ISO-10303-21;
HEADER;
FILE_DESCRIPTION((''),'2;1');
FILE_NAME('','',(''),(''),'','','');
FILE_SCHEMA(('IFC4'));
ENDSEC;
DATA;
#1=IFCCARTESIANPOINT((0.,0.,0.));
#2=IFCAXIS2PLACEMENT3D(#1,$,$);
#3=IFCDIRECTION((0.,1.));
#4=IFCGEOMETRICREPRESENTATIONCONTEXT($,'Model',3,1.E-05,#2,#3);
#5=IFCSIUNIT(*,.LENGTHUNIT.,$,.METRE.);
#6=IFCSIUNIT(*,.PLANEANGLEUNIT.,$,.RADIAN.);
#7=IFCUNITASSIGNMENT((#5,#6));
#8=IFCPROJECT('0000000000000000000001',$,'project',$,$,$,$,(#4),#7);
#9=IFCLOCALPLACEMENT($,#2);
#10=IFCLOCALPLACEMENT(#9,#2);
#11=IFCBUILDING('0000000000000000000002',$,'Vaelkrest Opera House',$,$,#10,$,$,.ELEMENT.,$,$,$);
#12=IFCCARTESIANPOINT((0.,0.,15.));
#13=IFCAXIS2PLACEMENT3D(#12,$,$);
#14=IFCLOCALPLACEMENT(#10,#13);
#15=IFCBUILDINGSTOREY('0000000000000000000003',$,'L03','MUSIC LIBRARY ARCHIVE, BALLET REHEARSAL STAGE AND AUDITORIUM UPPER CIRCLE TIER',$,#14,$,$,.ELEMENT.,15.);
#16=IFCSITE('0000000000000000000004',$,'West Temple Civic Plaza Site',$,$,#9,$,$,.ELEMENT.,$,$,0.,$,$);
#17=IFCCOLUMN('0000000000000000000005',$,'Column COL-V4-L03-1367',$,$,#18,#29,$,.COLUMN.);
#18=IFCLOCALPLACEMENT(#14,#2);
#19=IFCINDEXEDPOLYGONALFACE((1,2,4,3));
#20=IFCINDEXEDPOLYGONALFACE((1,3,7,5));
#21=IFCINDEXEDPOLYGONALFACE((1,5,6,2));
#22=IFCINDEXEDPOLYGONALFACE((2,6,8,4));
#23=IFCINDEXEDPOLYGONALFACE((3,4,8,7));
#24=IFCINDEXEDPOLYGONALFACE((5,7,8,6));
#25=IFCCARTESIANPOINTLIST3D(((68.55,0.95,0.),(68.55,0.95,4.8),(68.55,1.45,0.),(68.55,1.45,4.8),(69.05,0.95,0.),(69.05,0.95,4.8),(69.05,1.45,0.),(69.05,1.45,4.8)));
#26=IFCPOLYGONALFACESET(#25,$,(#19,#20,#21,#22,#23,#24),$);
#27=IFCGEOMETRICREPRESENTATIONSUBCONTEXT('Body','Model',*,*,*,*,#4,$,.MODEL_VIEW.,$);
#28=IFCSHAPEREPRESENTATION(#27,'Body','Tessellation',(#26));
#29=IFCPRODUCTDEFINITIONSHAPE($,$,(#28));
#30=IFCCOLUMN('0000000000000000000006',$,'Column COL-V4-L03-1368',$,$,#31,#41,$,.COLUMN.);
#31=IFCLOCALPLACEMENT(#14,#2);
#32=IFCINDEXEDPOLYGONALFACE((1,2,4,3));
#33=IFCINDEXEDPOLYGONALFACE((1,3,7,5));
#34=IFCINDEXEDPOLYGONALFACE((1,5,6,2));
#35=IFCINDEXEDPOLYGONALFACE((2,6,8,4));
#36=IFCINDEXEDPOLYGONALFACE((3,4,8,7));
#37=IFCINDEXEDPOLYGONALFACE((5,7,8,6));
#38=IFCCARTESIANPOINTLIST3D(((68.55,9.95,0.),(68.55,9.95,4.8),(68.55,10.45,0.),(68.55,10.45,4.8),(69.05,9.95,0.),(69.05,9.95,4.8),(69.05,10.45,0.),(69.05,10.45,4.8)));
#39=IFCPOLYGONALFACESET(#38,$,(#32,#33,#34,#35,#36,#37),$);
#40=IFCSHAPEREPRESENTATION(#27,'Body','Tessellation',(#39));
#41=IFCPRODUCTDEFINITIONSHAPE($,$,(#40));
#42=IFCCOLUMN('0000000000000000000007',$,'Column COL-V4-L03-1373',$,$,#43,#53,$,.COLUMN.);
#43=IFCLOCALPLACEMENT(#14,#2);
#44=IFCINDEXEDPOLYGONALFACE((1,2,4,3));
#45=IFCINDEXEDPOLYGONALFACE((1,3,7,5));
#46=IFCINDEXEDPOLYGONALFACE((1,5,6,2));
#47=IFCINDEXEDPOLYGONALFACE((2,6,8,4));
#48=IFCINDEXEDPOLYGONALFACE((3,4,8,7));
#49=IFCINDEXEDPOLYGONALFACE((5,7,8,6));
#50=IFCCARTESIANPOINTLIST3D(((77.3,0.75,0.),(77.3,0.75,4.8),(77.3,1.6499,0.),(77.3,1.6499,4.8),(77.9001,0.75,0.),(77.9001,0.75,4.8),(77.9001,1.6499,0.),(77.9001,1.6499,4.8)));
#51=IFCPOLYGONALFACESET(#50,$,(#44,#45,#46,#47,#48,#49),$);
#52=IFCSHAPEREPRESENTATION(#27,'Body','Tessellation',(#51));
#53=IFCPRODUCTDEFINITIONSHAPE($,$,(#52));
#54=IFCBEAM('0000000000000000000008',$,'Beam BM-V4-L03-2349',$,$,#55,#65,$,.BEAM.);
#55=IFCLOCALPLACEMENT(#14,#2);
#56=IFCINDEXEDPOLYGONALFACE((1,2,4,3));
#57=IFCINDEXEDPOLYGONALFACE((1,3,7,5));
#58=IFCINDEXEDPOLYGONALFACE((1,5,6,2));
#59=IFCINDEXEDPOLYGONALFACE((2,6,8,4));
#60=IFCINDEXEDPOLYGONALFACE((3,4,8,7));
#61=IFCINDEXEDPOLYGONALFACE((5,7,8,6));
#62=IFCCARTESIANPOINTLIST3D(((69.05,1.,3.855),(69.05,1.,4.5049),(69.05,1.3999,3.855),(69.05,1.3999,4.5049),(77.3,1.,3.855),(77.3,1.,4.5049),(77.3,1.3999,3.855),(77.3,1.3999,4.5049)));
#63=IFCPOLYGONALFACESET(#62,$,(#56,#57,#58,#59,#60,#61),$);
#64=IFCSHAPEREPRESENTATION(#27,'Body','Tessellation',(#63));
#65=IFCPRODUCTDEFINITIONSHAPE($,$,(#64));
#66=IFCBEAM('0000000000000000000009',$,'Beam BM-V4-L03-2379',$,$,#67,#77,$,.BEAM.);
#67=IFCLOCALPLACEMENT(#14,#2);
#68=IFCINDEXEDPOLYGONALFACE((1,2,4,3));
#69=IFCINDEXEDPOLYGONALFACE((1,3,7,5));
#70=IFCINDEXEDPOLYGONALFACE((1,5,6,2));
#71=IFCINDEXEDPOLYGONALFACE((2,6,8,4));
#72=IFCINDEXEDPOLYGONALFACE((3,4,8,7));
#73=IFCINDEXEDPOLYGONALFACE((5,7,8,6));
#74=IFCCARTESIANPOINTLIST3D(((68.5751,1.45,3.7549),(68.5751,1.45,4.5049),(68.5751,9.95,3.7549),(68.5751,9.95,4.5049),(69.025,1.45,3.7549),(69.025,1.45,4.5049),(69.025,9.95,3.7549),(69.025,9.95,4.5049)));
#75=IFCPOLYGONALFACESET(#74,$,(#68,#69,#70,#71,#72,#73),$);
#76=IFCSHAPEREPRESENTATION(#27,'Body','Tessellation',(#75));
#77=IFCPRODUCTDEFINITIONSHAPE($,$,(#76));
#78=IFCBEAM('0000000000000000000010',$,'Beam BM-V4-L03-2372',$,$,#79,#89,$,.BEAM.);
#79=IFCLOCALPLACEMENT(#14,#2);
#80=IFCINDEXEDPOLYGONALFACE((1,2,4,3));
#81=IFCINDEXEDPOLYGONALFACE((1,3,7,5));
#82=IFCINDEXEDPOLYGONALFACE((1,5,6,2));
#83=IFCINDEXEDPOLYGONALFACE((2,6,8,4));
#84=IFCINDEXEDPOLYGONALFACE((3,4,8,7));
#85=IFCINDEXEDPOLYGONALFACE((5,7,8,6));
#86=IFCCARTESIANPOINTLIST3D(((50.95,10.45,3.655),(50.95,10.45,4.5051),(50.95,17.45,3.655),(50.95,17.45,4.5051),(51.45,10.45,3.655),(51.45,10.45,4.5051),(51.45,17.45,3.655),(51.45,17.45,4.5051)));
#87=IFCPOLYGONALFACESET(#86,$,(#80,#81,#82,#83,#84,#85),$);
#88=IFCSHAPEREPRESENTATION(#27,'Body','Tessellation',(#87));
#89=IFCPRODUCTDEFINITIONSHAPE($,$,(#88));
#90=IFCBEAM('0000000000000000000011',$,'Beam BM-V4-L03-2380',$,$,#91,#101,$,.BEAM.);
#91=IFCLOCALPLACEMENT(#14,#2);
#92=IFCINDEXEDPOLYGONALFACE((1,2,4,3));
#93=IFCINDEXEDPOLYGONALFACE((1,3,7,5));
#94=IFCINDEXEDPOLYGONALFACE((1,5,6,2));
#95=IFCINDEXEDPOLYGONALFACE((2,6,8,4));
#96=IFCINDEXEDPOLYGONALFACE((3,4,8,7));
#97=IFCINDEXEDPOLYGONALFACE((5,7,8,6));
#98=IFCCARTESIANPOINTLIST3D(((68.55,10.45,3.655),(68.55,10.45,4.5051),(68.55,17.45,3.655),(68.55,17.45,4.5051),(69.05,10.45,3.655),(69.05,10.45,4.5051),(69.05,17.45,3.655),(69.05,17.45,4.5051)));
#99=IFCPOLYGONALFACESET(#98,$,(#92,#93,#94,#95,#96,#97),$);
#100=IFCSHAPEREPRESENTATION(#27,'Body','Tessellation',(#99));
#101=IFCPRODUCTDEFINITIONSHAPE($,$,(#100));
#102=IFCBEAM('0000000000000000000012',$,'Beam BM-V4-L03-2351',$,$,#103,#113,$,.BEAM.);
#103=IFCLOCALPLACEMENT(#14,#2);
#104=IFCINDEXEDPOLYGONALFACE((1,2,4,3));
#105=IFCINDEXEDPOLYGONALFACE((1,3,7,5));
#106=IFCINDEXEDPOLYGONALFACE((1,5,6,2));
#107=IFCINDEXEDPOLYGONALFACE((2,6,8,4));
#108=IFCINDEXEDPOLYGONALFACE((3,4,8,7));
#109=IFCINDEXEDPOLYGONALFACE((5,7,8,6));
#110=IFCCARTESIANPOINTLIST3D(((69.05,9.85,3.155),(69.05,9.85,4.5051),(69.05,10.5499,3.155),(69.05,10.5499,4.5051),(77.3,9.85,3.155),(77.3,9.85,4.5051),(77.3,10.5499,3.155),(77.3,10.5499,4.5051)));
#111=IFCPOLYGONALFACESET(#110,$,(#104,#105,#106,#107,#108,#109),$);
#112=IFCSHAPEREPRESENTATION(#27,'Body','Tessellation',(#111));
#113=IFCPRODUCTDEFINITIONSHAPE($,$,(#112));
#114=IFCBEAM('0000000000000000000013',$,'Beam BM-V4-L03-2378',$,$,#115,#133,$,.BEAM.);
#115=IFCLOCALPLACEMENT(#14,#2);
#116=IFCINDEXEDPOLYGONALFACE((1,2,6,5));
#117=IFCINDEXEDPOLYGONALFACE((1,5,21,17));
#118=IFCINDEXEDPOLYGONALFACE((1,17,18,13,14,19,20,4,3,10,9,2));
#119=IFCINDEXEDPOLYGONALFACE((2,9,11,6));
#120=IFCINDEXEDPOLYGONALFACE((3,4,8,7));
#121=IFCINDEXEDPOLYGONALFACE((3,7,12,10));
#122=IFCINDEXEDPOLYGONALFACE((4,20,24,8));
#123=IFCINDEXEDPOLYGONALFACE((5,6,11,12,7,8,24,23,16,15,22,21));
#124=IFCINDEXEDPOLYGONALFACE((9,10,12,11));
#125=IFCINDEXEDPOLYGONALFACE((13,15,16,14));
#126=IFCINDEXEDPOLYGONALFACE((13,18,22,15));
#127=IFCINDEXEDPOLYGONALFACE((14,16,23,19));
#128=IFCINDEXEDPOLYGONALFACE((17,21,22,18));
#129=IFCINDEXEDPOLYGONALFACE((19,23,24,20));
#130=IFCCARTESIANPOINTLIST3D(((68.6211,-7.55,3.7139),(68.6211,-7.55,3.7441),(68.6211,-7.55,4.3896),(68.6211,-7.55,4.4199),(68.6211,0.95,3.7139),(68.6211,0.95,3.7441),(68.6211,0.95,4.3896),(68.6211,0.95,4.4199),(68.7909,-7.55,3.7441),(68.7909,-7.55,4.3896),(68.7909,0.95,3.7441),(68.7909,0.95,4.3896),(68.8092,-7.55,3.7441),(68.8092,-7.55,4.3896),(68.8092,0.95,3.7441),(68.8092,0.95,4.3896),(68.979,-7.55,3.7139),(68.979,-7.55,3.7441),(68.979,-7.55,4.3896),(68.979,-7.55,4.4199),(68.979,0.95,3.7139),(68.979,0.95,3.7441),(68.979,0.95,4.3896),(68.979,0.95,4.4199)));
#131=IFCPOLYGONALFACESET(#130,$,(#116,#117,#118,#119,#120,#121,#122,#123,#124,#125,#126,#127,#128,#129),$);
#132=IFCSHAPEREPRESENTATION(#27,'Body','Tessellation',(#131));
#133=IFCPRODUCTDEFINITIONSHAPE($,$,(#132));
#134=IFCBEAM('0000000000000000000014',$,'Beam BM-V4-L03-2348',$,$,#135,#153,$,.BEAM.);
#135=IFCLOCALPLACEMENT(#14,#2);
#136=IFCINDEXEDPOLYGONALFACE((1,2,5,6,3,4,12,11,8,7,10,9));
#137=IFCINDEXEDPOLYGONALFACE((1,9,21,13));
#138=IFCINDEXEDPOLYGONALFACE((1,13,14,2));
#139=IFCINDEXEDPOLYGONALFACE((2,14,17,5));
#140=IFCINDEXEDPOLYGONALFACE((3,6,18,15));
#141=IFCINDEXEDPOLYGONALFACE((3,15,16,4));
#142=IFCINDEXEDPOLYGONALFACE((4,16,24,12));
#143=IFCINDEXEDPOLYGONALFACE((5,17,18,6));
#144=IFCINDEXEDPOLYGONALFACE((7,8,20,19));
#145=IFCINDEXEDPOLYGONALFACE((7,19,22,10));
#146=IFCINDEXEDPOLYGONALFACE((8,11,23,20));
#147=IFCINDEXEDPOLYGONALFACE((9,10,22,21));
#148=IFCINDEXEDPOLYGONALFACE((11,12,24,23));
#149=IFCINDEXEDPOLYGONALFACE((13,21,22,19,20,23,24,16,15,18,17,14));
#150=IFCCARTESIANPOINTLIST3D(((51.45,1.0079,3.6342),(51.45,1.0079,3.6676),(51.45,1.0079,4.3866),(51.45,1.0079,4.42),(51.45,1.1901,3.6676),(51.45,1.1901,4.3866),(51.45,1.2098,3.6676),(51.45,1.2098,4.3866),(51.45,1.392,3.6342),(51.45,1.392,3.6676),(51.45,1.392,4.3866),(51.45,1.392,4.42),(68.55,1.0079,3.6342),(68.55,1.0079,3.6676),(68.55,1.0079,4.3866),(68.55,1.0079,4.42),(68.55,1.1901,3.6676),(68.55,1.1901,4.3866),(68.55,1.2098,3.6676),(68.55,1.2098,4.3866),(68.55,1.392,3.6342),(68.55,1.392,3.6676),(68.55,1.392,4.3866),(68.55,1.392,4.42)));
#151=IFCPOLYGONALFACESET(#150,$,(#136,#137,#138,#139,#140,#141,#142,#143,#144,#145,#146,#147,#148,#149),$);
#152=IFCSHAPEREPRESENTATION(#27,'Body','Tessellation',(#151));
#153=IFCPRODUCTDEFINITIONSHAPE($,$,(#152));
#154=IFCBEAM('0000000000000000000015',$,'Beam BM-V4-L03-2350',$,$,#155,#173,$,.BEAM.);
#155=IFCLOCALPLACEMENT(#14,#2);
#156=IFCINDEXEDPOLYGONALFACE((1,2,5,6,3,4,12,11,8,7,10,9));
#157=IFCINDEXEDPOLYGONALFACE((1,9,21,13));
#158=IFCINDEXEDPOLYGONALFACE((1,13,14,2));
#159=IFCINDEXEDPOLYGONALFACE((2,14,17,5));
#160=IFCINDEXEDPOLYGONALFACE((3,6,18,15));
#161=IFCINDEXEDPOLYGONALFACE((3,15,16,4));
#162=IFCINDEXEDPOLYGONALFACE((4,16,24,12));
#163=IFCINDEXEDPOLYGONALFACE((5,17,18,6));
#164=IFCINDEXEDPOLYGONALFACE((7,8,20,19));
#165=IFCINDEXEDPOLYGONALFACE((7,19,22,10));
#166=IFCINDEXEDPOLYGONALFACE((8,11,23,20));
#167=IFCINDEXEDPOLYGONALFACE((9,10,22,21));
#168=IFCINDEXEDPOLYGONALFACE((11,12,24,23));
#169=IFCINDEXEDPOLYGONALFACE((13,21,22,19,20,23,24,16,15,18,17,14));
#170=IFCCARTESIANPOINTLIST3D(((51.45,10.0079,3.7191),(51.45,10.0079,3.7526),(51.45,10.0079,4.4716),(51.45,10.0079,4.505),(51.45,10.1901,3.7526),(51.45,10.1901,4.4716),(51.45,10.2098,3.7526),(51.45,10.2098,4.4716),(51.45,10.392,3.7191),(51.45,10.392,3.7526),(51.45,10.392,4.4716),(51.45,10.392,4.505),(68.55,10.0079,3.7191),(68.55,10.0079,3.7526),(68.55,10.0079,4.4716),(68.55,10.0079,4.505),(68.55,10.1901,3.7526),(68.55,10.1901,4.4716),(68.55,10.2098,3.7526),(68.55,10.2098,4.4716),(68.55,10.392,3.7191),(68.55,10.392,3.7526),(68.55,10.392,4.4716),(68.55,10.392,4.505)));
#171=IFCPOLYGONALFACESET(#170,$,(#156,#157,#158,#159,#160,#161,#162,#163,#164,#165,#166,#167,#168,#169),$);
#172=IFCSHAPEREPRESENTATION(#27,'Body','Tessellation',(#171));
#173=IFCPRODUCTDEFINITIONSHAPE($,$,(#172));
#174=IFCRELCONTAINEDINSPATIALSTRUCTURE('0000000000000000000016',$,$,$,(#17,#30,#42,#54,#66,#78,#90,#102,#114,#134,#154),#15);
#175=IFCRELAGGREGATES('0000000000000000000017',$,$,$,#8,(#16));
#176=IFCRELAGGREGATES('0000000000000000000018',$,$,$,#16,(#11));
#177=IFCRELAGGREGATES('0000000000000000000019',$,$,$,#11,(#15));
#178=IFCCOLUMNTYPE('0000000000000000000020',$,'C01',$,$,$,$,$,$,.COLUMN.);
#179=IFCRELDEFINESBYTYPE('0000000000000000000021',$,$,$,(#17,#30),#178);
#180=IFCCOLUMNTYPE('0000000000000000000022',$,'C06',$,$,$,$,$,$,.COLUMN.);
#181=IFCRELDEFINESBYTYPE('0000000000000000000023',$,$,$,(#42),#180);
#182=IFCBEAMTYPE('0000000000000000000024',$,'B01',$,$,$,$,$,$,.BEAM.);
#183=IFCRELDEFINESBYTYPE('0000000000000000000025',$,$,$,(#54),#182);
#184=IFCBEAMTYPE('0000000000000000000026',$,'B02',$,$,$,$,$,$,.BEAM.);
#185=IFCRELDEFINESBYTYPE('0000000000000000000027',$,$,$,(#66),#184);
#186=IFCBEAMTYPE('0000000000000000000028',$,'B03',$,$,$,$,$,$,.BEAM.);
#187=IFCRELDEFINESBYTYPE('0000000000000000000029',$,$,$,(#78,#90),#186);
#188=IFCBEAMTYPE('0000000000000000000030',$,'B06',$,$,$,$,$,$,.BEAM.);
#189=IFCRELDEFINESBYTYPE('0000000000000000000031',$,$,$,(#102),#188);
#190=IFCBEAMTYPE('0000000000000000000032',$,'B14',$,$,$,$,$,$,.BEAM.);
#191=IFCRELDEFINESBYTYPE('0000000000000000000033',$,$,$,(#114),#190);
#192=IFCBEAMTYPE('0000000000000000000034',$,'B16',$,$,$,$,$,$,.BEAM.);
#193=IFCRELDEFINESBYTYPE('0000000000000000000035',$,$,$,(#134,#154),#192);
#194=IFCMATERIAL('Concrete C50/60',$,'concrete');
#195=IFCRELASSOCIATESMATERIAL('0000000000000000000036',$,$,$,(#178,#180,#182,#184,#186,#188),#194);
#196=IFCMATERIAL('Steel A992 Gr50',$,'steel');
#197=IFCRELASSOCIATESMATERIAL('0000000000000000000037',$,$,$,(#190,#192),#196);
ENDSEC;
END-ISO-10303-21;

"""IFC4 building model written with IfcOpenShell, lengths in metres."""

from ifc_helpers import new_model, si_unit, direction, frame, origin, origin_2d, place, context, subcontext, project, spatial, rectangle, i_section, extrude, material, material_profile, profile_set, type_object, element, save


model = new_model("IFC4")

# Units and contexts
model_context = context("Model", 3, precision=1e-05, world=origin(), true_north=direction((0.0, 1.0)))
body_context = subcontext(model_context, "Body", "Model", "MODEL_VIEW")
ifc_project = project(units=[si_unit("LENGTHUNIT", "METRE"), si_unit("PLANEANGLEUNIT", "RADIAN")], contexts=[model_context])

# Site, building, storey
site_placement = place(None, origin())
site = spatial("IfcSite", under=ifc_project, at=site_placement, Name="West Temple Civic Plaza Site", CompositionType="ELEMENT", RefElevation=0.0)
building_placement = place(site_placement, origin())
building = spatial("IfcBuilding", under=site, at=building_placement, Name="Vaelkrest Opera House", CompositionType="ELEMENT")
storey_placement = place(building_placement, frame((0.0, 0.0, 15.0)))
storey = spatial("IfcBuildingStorey", under=building, at=storey_placement, Name="L03", Description="MUSIC LIBRARY ARCHIVE, BALLET REHEARSAL STAGE AND AUDITORIUM UPPER CIRCLE TIER", CompositionType="ELEMENT", Elevation=15.0)

# Columns
ifc_material_1 = material(Name="Concrete C50/60", Category="concrete")
ifc_material_profile_1 = material_profile(ifc_material_1, rectangle(XDim=0.5, YDim=0.5, at=origin_2d()), Name="RC500X500")
ifc_profile_set_1 = profile_set([ifc_material_profile_1], Name="Concrete C50/60")
column_type_1 = type_object("IfcColumnType", Name="C01", PredefinedType="COLUMN", material=ifc_profile_set_1)
for number, where, z_axis, x_axis, name in (
    (1, (68.8, 1.2, 0.0), (0.0, 0.0, 1.0), (1.0, 0.0, 0.0), "Column COL-V4-L03-1367"),
    (2, (68.8, 10.2, 0.0), (0.0, 0.0, 1.0), (1.0, 0.0, 0.0), "Column COL-V4-L03-1368"),
):
    element("IfcColumn", number, at=place(storey_placement, frame(where, z_axis=z_axis, x_axis=x_axis)), inside=storey, type_object=column_type_1, Name=name, PredefinedType="COLUMN", context=body_context, shape_type="SweptSolid", body=[
        extrude(rectangle(XDim=0.5, YDim=0.5, at=origin_2d()), origin(), (0.0, 0.0, 1.0), 4.8),
    ])
ifc_material_profile_2 = material_profile(ifc_material_1, rectangle(XDim=0.6001, YDim=0.8999, at=origin_2d()), Name="RC600X900")
ifc_profile_set_2 = profile_set([ifc_material_profile_2], Name="Concrete C50/60")
column_type_2 = type_object("IfcColumnType", Name="C06", PredefinedType="COLUMN", material=ifc_profile_set_2)
column_placement = place(storey_placement, frame((77.6001, 1.2, 0.0), z_axis=(0.0, 0.0, 1.0), x_axis=(1.0, 0.0, 0.0)))
element("IfcColumn", 3, at=column_placement, inside=storey, type_object=column_type_2, Name="Column COL-V4-L03-1373", PredefinedType="COLUMN", context=body_context, shape_type="SweptSolid", body=[
    extrude(rectangle(XDim=0.6001, YDim=0.8999, at=origin_2d()), origin(), (0.0, 0.0, 1.0), 4.8),
])

# Beams
ifc_material_profile_3 = material_profile(ifc_material_1, rectangle(XDim=0.3999, YDim=0.6499, at=origin_2d()), Name="RCB400X650")
ifc_profile_set_3 = profile_set([ifc_material_profile_3], Name="Concrete C50/60")
beam_type_1 = type_object("IfcBeamType", Name="B01", PredefinedType="BEAM", material=ifc_profile_set_3)
beam_1_placement = place(storey_placement, frame((69.05, 1.2, 4.1799), z_axis=(1.0, 0.0, 0.0), x_axis=(0.0, 1.0, 0.0)))
element("IfcBeam", 4, at=beam_1_placement, inside=storey, type_object=beam_type_1, Name="Beam BM-V4-L03-2349", PredefinedType="BEAM", context=body_context, shape_type="SweptSolid", body=[
    extrude(rectangle(XDim=0.3999, YDim=0.6499, at=origin_2d()), origin(), (0.0, 0.0, 1.0), 8.25),
])
ifc_material_profile_4 = material_profile(ifc_material_1, rectangle(XDim=0.45, YDim=0.75, at=origin_2d()), Name="RCB450X750")
ifc_profile_set_4 = profile_set([ifc_material_profile_4], Name="Concrete C50/60")
beam_type_2 = type_object("IfcBeamType", Name="B02", PredefinedType="BEAM", material=ifc_profile_set_4)
beam_2_placement = place(storey_placement, frame((68.8, 1.45, 4.1299), z_axis=(0.0, 1.0, 0.0), x_axis=(-1.0, 0.0, 0.0)))
element("IfcBeam", 5, at=beam_2_placement, inside=storey, type_object=beam_type_2, Name="Beam BM-V4-L03-2379", PredefinedType="BEAM", context=body_context, shape_type="SweptSolid", body=[
    extrude(rectangle(XDim=0.45, YDim=0.75, at=origin_2d()), origin(), (0.0, 0.0, 1.0), 8.5),
])
ifc_material_profile_5 = material_profile(ifc_material_1, rectangle(XDim=0.5, YDim=0.8501, at=origin_2d()), Name="RCB500X850")
ifc_profile_set_5 = profile_set([ifc_material_profile_5], Name="Concrete C50/60")
beam_type_3 = type_object("IfcBeamType", Name="B03", PredefinedType="BEAM", material=ifc_profile_set_5)
for number, where, z_axis, x_axis, name in (
    (6, (51.2, 10.45, 4.0801), (0.0, 1.0, 0.0), (-1.0, 0.0, 0.0), "Beam BM-V4-L03-2372"),
    (7, (68.8, 10.45, 4.0801), (0.0, 1.0, 0.0), (-1.0, 0.0, 0.0), "Beam BM-V4-L03-2380"),
):
    element("IfcBeam", number, at=place(storey_placement, frame(where, z_axis=z_axis, x_axis=x_axis)), inside=storey, type_object=beam_type_3, Name=name, PredefinedType="BEAM", context=body_context, shape_type="SweptSolid", body=[
        extrude(rectangle(XDim=0.5, YDim=0.8501, at=origin_2d()), origin(), (0.0, 0.0, 1.0), 7.0),
    ])
ifc_material_profile_6 = material_profile(ifc_material_1, rectangle(XDim=0.7, YDim=1.3501, at=origin_2d()), Name="RCB700X1350")
ifc_profile_set_6 = profile_set([ifc_material_profile_6], Name="Concrete C50/60")
beam_type_4 = type_object("IfcBeamType", Name="B06", PredefinedType="BEAM", material=ifc_profile_set_6)
beam_3_placement = place(storey_placement, frame((69.05, 10.2, 3.8301), z_axis=(1.0, 0.0, 0.0), x_axis=(0.0, 1.0, 0.0)))
element("IfcBeam", 8, at=beam_3_placement, inside=storey, type_object=beam_type_4, Name="Beam BM-V4-L03-2351", PredefinedType="BEAM", context=body_context, shape_type="SweptSolid", body=[
    extrude(rectangle(XDim=0.7, YDim=1.3501, at=origin_2d()), origin(), (0.0, 0.0, 1.0), 8.25),
])
ifc_material_2 = material(Name="Steel A992 Gr50", Category="steel")
ifc_material_profile_7 = material_profile(ifc_material_2, i_section(OverallWidth=0.3579, OverallDepth=0.7061, WebThickness=0.0183, FlangeThickness=0.0303, at=origin_2d()), Name="W27X178")
ifc_profile_set_7 = profile_set([ifc_material_profile_7], Name="Steel A992 Gr50")
beam_type_5 = type_object("IfcBeamType", Name="B14", PredefinedType="BEAM", material=ifc_profile_set_7)
beam_4_placement = place(storey_placement, frame((68.8, -7.55, 4.0669), z_axis=(0.0, 1.0, 0.0), x_axis=(-1.0, 0.0, 0.0)))
element("IfcBeam", 9, at=beam_4_placement, inside=storey, type_object=beam_type_5, Name="Beam BM-V4-L03-2378", PredefinedType="BEAM", context=body_context, shape_type="SweptSolid", body=[
    extrude(i_section(OverallWidth=0.3579, OverallDepth=0.7061, WebThickness=0.0183, FlangeThickness=0.0303, at=origin_2d()), origin(), (0.0, 0.0, 1.0), 8.5),
])
ifc_material_profile_8 = material_profile(ifc_material_2, i_section(OverallWidth=0.384, OverallDepth=0.7859, WebThickness=0.0198, FlangeThickness=0.0334, at=origin_2d()), Name="W30X211")
ifc_profile_set_8 = profile_set([ifc_material_profile_8], Name="Steel A992 Gr50")
beam_type_6 = type_object("IfcBeamType", Name="B16", PredefinedType="BEAM", material=ifc_profile_set_8)
for number, where, z_axis, x_axis, name in (
    (10, (51.45, 1.2, 4.0271), (1.0, 0.0, 0.0), (0.0, 1.0, 0.0), "Beam BM-V4-L03-2348"),
    (11, (51.45, 10.2, 4.1121), (1.0, 0.0, 0.0), (0.0, 1.0, 0.0), "Beam BM-V4-L03-2350"),
):
    element("IfcBeam", number, at=place(storey_placement, frame(where, z_axis=z_axis, x_axis=x_axis)), inside=storey, type_object=beam_type_6, Name=name, PredefinedType="BEAM", context=body_context, shape_type="SweptSolid", body=[
        extrude(i_section(OverallWidth=0.384, OverallDepth=0.7859, WebThickness=0.0198, FlangeThickness=0.0334, at=origin_2d()), origin(), (0.0, 0.0, 1.0), 17.1001),
    ])

save(model, "model.ifc")
